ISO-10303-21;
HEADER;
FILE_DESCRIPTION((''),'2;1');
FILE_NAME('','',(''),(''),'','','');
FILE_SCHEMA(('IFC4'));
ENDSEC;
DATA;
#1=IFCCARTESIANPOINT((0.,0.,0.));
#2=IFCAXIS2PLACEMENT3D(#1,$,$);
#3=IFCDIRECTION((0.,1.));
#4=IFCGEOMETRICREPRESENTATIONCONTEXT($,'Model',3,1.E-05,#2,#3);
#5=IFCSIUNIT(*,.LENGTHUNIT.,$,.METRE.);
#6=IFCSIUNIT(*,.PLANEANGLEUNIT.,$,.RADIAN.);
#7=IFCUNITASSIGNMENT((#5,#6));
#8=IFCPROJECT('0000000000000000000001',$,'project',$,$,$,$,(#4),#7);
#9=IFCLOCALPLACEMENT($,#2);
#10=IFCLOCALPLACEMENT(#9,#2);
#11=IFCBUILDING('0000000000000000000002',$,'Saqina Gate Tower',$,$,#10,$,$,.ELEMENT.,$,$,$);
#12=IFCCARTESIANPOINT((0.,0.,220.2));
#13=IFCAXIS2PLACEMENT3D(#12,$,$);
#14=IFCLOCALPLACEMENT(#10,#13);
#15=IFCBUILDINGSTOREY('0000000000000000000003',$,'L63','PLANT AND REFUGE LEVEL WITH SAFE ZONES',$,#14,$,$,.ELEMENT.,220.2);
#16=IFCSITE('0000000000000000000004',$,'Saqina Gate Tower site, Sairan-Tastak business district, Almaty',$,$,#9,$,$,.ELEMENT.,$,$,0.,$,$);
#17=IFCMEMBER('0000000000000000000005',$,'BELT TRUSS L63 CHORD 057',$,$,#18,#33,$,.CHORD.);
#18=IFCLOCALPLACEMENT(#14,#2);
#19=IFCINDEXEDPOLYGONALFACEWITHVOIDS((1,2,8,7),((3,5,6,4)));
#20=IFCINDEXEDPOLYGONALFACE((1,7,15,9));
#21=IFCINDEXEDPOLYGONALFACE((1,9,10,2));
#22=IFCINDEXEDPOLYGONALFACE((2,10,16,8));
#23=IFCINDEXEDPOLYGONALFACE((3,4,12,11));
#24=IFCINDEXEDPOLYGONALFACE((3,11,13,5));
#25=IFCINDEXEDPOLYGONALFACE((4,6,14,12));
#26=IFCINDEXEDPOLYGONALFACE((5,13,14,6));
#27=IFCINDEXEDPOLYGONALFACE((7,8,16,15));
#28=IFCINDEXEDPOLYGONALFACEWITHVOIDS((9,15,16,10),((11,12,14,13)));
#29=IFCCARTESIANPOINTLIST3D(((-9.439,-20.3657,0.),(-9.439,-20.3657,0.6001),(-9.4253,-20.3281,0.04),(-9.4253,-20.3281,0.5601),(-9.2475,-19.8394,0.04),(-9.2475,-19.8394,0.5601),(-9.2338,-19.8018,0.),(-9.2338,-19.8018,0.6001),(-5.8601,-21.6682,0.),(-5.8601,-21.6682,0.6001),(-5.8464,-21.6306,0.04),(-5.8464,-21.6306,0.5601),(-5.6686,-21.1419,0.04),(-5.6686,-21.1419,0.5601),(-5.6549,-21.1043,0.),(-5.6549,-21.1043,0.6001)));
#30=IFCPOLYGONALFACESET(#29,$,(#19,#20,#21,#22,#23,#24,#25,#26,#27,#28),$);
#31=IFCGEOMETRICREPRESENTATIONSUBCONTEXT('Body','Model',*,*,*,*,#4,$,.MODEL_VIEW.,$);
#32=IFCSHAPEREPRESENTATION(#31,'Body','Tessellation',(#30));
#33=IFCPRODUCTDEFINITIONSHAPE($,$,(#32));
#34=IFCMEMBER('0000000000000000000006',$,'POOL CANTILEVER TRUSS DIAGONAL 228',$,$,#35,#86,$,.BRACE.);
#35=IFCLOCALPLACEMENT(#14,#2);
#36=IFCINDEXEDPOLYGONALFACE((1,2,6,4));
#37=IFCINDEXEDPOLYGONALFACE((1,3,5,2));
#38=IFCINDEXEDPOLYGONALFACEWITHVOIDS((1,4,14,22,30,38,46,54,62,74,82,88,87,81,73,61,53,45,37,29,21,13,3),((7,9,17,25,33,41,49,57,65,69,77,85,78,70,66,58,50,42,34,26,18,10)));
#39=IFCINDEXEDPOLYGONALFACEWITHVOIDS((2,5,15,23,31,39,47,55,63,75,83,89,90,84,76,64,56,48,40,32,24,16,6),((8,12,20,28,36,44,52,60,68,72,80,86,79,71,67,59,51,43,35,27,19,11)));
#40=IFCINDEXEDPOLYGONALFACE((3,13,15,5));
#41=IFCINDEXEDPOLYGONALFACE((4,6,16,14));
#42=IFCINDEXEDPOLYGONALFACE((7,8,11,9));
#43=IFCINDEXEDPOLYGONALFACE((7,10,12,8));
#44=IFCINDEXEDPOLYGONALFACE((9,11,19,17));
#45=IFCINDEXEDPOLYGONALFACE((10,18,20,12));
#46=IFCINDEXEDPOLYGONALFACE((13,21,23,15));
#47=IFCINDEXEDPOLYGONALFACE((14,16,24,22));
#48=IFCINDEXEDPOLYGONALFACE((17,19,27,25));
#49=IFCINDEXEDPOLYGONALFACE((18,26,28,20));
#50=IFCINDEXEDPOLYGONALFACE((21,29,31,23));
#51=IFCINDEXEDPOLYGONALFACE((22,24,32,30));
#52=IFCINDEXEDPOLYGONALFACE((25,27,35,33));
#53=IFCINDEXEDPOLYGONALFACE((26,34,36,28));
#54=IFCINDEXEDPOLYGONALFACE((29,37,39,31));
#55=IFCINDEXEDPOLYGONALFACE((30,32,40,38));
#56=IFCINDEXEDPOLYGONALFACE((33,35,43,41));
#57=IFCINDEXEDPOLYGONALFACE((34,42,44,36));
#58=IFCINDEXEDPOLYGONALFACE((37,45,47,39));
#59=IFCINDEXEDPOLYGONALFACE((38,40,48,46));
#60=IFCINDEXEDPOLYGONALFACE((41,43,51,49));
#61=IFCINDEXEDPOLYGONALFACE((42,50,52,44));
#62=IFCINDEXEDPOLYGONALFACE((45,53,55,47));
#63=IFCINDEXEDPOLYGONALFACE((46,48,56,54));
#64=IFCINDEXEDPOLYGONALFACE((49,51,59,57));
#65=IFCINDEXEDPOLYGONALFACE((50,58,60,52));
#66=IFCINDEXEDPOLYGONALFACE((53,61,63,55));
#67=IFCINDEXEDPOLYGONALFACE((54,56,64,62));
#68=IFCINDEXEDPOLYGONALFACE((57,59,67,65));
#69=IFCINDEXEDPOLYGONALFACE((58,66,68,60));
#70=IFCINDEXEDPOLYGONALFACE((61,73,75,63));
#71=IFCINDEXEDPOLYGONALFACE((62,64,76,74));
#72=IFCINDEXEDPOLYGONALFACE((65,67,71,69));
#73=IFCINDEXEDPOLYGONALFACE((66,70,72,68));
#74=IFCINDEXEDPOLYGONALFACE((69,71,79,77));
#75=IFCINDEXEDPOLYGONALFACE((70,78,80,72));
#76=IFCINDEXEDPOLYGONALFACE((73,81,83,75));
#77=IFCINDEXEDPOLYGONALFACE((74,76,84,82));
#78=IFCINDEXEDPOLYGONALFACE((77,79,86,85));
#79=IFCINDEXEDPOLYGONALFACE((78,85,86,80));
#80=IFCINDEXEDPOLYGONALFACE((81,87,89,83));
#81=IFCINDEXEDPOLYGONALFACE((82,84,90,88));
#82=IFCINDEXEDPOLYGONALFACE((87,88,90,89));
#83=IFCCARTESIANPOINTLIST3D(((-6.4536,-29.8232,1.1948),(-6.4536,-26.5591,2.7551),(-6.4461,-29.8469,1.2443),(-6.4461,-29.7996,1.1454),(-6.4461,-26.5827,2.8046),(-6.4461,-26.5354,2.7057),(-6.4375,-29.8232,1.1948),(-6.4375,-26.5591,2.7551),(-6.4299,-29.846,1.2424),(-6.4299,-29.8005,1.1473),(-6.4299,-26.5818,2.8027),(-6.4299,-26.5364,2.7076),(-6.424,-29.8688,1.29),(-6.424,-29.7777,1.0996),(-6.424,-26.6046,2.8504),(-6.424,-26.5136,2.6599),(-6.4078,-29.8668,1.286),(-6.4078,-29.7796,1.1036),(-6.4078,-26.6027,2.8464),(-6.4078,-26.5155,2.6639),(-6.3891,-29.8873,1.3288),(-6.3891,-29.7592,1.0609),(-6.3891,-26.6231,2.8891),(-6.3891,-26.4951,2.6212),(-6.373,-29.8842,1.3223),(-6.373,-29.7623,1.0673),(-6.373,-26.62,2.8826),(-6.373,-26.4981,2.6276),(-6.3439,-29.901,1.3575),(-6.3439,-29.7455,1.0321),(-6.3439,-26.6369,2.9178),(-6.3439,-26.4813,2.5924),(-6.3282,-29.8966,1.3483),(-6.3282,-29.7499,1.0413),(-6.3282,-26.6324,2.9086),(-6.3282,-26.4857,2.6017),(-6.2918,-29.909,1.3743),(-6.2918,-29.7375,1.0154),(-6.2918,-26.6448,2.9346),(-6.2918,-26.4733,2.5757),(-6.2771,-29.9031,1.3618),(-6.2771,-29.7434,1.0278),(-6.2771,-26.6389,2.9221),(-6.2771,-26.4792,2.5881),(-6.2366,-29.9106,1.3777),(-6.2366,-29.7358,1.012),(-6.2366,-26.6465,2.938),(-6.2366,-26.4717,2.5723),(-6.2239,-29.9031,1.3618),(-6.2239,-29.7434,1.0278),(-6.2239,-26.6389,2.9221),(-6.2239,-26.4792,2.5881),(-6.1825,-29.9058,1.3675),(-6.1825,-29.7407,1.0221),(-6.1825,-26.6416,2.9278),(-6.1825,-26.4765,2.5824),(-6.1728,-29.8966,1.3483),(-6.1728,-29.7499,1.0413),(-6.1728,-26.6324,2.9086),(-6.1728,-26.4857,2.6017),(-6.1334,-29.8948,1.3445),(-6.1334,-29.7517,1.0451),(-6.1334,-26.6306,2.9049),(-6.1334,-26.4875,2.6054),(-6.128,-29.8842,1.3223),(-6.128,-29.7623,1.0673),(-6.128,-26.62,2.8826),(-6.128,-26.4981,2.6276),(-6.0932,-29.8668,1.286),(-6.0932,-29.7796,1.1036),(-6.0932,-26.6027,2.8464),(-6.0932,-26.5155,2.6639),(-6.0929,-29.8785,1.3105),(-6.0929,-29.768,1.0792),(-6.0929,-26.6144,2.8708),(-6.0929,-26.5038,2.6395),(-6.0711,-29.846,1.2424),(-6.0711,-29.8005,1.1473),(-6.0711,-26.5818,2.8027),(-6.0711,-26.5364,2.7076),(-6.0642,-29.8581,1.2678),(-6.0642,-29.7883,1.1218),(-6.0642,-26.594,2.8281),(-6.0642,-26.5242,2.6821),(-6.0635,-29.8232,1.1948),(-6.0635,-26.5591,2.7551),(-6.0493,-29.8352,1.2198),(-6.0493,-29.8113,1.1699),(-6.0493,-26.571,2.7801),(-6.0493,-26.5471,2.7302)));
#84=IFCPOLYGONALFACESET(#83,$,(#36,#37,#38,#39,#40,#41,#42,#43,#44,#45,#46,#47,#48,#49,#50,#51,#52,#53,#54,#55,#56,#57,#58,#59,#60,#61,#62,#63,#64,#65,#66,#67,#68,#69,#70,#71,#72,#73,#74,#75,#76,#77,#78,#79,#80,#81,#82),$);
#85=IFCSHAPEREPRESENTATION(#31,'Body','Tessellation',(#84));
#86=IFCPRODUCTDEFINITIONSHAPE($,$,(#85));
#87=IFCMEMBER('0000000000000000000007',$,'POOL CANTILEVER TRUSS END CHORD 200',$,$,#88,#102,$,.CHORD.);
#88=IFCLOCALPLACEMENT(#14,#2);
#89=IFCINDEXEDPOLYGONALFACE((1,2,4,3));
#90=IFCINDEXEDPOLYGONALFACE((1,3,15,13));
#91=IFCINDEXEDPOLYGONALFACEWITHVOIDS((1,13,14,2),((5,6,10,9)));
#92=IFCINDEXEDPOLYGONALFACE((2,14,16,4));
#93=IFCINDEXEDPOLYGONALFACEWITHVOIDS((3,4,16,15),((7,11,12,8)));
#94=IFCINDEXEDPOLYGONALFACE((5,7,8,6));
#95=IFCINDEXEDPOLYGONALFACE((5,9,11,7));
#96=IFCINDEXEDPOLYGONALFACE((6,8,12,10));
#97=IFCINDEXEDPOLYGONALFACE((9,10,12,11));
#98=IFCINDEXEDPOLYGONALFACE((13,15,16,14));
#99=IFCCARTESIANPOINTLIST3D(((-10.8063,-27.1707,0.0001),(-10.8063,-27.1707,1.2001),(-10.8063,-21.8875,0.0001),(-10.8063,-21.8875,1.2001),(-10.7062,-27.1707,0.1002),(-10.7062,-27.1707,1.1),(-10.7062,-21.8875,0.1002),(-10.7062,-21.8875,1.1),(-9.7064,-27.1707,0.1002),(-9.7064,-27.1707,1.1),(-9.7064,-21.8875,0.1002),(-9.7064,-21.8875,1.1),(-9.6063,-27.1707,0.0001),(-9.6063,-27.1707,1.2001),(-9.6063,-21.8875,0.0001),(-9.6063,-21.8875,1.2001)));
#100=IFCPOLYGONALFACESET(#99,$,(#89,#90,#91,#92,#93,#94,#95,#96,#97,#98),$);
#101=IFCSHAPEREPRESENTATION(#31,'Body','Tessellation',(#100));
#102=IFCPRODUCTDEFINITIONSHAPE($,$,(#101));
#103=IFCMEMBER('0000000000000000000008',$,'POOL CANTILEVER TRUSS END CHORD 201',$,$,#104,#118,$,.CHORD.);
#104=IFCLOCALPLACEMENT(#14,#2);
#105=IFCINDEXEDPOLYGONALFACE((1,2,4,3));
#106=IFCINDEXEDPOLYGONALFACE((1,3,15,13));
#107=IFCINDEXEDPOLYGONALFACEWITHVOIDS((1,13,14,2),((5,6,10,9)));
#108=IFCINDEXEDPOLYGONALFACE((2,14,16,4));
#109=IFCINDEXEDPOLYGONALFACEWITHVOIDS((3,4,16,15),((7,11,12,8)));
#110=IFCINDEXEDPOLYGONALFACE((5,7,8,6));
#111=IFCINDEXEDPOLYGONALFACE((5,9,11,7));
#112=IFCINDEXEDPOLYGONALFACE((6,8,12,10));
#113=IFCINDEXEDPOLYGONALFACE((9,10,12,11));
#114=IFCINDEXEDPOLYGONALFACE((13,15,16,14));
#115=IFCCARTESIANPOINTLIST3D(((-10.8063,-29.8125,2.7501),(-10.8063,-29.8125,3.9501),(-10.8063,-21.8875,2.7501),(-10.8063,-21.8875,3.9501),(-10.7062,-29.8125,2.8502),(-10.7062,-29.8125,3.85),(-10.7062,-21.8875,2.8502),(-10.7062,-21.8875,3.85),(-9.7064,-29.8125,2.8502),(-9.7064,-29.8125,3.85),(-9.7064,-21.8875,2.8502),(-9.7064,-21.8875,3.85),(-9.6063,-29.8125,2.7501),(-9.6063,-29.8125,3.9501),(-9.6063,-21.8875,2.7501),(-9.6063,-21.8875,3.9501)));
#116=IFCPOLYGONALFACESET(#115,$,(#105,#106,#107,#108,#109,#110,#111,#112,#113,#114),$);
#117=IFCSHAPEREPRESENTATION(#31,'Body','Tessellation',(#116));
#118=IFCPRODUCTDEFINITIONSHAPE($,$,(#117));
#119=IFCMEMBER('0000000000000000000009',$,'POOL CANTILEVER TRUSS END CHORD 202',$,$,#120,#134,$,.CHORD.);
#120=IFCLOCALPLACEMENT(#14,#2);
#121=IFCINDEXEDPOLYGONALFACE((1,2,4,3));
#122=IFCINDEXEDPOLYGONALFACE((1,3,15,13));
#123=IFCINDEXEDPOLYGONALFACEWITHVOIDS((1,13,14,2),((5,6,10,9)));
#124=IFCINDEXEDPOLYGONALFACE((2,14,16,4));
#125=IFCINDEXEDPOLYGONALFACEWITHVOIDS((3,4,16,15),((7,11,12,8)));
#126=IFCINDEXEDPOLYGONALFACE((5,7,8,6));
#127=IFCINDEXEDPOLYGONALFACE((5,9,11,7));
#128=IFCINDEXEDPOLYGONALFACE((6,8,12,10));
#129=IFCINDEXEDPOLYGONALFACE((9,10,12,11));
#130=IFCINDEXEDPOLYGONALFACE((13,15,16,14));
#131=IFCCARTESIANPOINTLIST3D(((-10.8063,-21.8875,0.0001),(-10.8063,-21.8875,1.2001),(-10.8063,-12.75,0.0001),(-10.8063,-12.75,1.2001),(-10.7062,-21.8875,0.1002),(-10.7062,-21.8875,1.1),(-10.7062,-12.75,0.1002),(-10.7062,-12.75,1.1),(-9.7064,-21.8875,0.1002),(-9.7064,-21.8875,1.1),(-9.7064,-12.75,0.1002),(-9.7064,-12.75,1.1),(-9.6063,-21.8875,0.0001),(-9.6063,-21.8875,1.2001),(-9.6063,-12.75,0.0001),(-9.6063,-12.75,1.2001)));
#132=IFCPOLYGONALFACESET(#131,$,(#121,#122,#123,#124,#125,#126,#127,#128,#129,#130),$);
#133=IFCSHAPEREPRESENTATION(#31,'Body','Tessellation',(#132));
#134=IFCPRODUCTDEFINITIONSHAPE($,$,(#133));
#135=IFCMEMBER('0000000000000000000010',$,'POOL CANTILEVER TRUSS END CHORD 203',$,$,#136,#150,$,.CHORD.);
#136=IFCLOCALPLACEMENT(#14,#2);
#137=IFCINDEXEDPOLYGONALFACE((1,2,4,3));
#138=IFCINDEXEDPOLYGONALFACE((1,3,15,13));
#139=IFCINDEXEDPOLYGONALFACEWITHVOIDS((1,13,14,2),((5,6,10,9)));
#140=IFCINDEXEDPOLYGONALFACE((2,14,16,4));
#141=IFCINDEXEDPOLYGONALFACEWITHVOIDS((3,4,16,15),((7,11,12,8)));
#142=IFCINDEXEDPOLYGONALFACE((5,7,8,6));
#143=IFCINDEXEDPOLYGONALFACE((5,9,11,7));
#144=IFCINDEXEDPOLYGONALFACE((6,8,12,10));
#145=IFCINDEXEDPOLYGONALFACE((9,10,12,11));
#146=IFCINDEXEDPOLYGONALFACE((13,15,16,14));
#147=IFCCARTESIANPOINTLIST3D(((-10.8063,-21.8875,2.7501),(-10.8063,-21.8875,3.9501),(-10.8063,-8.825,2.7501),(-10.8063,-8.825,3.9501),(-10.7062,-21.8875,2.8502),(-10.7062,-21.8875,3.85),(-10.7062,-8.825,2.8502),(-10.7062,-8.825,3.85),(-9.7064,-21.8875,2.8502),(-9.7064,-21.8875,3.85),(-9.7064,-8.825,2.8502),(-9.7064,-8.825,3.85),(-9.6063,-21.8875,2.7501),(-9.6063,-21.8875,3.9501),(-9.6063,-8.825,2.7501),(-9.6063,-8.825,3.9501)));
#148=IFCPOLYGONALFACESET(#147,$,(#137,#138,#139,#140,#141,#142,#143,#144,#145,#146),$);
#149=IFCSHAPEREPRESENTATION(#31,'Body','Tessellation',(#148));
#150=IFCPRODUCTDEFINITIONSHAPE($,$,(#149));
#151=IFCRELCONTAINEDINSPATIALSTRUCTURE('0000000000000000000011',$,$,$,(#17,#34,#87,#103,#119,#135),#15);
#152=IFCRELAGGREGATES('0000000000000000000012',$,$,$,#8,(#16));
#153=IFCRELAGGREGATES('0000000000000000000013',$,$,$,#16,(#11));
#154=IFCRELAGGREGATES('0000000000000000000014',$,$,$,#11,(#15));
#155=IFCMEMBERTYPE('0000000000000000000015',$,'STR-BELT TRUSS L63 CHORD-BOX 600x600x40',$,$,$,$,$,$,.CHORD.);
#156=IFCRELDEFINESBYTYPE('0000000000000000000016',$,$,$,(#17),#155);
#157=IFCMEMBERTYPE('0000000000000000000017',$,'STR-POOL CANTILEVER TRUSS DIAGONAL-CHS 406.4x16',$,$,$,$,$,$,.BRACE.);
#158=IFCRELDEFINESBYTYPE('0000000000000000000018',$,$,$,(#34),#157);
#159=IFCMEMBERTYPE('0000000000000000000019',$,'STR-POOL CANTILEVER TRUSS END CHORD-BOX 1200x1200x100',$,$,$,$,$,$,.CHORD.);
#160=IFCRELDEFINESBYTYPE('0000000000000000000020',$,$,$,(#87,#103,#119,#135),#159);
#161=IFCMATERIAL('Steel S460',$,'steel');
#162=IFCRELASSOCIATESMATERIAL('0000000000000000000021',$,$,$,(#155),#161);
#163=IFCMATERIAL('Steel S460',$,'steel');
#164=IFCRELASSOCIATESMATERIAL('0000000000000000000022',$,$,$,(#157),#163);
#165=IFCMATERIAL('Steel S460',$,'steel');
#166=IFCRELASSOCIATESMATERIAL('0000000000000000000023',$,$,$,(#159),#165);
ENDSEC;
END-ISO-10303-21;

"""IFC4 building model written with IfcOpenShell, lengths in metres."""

from ifc_helpers import new_model, si_unit, direction, frame, origin, origin_2d, place, context, subcontext, project, spatial, hollow_rectangle, hollow_circle, extrude, material, material_profile, profile_set, type_object, element, save


model = new_model("IFC4")

# Units and contexts
model_context = context("Model", 3, precision=1e-05, world=origin(), true_north=direction((0.0, 1.0)))
body_context = subcontext(model_context, "Body", "Model", "MODEL_VIEW")
ifc_project = project(units=[si_unit("LENGTHUNIT", "METRE"), si_unit("PLANEANGLEUNIT", "RADIAN")], contexts=[model_context])

# Site, building, storey
site_placement = place(None, origin())
site = spatial("IfcSite", under=ifc_project, at=site_placement, Name="Saqina Gate Tower site, Sairan-Tastak business district, Almaty", CompositionType="ELEMENT", RefElevation=0.0)
building_placement = place(site_placement, origin())
building = spatial("IfcBuilding", under=site, at=building_placement, Name="Saqina Gate Tower", CompositionType="ELEMENT")
storey_placement = place(building_placement, frame((0.0, 0.0, 220.2)))
storey = spatial("IfcBuildingStorey", under=building, at=storey_placement, Name="L63", Description="PLANT AND REFUGE LEVEL WITH SAFE ZONES", CompositionType="ELEMENT", Elevation=220.2)

# Members
ifc_material_1 = material(Name="Steel S460", Category="steel")
ifc_material_profile_1 = material_profile(ifc_material_1, hollow_rectangle(XDim=0.6001, YDim=0.6001, WallThickness=0.04, at=origin_2d()), Name="BOX 600x600x40")
ifc_profile_set_1 = profile_set([ifc_material_profile_1], Name="Steel S460")
member_type_1 = type_object("IfcMemberType", Name="STR-BELT TRUSS L63 CHORD-BOX 600x600x40", PredefinedType="CHORD", material=ifc_profile_set_1)
member_1_placement = place(storey_placement, frame((-9.3364, -20.0837, 0.3), z_axis=(0.939702, -0.341995, 0.0), x_axis=(0.341995, 0.939702, 0.0)))
element("IfcMember", 1, at=member_1_placement, inside=storey, type_object=member_type_1, Name="BELT TRUSS L63 CHORD 057", PredefinedType="CHORD", context=body_context, shape_type="SweptSolid", body=[
    extrude(hollow_rectangle(XDim=0.6001, YDim=0.6001, WallThickness=0.04, at=origin_2d()), origin(), (0.0, 0.0, 1.0), 3.8086),
])
ifc_material_2 = material(Name="Steel S460", Category="steel")
ifc_material_profile_2 = material_profile(ifc_material_2, hollow_circle(Radius=0.2031, WallThickness=0.0161, at=origin_2d()), Name="CHS 406.4x16")
ifc_profile_set_2 = profile_set([ifc_material_profile_2], Name="Steel S460")
member_type_2 = type_object("IfcMemberType", Name="STR-POOL CANTILEVER TRUSS DIAGONAL-CHS 406.4x16", PredefinedType="BRACE", material=ifc_profile_set_2)
member_2_placement = place(storey_placement, frame((-6.2505, -29.8232, 1.1948), z_axis=(0.0, 0.902222, 0.431272), x_axis=(-1.0, 0.0, 0.0)))
element("IfcMember", 2, at=member_2_placement, inside=storey, type_object=member_type_2, Name="POOL CANTILEVER TRUSS DIAGONAL 228", PredefinedType="BRACE", context=body_context, shape_type="SweptSolid", body=[
    extrude(hollow_circle(Radius=0.2031, WallThickness=0.0161, at=origin_2d()), origin(), (0.0, 0.0, 1.0), 3.6179),
])
ifc_material_3 = material(Name="Steel S460", Category="steel")
ifc_material_profile_3 = material_profile(ifc_material_3, hollow_rectangle(XDim=1.2, YDim=1.2, WallThickness=0.1001, at=origin_2d()), Name="BOX 1200x1200x100")
ifc_profile_set_3 = profile_set([ifc_material_profile_3], Name="Steel S460")
member_type_3 = type_object("IfcMemberType", Name="STR-POOL CANTILEVER TRUSS END CHORD-BOX 1200x1200x100", PredefinedType="CHORD", material=ifc_profile_set_3)
member_3_placement = place(storey_placement, frame((-10.2063, -27.1707, 0.6001), z_axis=(0.0, 1.0, 0.0), x_axis=(-1.0, 0.0, 0.0)))
element("IfcMember", 3, at=member_3_placement, inside=storey, type_object=member_type_3, Name="POOL CANTILEVER TRUSS END CHORD 200", PredefinedType="CHORD", context=body_context, shape_type="SweptSolid", body=[
    extrude(hollow_rectangle(XDim=1.2, YDim=1.2, WallThickness=0.1001, at=origin_2d()), origin(), (0.0, 0.0, 1.0), 5.2832),
])
member_4_placement = place(storey_placement, frame((-10.2063, -29.8125, 3.3501), z_axis=(0.0, 1.0, 0.0), x_axis=(-1.0, 0.0, 0.0)))
element("IfcMember", 4, at=member_4_placement, inside=storey, type_object=member_type_3, Name="POOL CANTILEVER TRUSS END CHORD 201", PredefinedType="CHORD", context=body_context, shape_type="SweptSolid", body=[
    extrude(hollow_rectangle(XDim=1.2, YDim=1.2, WallThickness=0.1001, at=origin_2d()), origin(), (0.0, 0.0, 1.0), 7.925),
])
member_5_placement = place(storey_placement, frame((-10.2063, -21.8875, 0.6001), z_axis=(0.0, 1.0, 0.0), x_axis=(-1.0, 0.0, 0.0)))
element("IfcMember", 5, at=member_5_placement, inside=storey, type_object=member_type_3, Name="POOL CANTILEVER TRUSS END CHORD 202", PredefinedType="CHORD", context=body_context, shape_type="SweptSolid", body=[
    extrude(hollow_rectangle(XDim=1.2, YDim=1.2, WallThickness=0.1001, at=origin_2d()), origin(), (0.0, 0.0, 1.0), 9.1375),
])
member_6_placement = place(storey_placement, frame((-10.2063, -21.8875, 3.3501), z_axis=(0.0, 1.0, 0.0), x_axis=(-1.0, 0.0, 0.0)))
element("IfcMember", 6, at=member_6_placement, inside=storey, type_object=member_type_3, Name="POOL CANTILEVER TRUSS END CHORD 203", PredefinedType="CHORD", context=body_context, shape_type="SweptSolid", body=[
    extrude(hollow_rectangle(XDim=1.2, YDim=1.2, WallThickness=0.1001, at=origin_2d()), origin(), (0.0, 0.0, 1.0), 13.0625),
])

save(model, "model.ifc")
